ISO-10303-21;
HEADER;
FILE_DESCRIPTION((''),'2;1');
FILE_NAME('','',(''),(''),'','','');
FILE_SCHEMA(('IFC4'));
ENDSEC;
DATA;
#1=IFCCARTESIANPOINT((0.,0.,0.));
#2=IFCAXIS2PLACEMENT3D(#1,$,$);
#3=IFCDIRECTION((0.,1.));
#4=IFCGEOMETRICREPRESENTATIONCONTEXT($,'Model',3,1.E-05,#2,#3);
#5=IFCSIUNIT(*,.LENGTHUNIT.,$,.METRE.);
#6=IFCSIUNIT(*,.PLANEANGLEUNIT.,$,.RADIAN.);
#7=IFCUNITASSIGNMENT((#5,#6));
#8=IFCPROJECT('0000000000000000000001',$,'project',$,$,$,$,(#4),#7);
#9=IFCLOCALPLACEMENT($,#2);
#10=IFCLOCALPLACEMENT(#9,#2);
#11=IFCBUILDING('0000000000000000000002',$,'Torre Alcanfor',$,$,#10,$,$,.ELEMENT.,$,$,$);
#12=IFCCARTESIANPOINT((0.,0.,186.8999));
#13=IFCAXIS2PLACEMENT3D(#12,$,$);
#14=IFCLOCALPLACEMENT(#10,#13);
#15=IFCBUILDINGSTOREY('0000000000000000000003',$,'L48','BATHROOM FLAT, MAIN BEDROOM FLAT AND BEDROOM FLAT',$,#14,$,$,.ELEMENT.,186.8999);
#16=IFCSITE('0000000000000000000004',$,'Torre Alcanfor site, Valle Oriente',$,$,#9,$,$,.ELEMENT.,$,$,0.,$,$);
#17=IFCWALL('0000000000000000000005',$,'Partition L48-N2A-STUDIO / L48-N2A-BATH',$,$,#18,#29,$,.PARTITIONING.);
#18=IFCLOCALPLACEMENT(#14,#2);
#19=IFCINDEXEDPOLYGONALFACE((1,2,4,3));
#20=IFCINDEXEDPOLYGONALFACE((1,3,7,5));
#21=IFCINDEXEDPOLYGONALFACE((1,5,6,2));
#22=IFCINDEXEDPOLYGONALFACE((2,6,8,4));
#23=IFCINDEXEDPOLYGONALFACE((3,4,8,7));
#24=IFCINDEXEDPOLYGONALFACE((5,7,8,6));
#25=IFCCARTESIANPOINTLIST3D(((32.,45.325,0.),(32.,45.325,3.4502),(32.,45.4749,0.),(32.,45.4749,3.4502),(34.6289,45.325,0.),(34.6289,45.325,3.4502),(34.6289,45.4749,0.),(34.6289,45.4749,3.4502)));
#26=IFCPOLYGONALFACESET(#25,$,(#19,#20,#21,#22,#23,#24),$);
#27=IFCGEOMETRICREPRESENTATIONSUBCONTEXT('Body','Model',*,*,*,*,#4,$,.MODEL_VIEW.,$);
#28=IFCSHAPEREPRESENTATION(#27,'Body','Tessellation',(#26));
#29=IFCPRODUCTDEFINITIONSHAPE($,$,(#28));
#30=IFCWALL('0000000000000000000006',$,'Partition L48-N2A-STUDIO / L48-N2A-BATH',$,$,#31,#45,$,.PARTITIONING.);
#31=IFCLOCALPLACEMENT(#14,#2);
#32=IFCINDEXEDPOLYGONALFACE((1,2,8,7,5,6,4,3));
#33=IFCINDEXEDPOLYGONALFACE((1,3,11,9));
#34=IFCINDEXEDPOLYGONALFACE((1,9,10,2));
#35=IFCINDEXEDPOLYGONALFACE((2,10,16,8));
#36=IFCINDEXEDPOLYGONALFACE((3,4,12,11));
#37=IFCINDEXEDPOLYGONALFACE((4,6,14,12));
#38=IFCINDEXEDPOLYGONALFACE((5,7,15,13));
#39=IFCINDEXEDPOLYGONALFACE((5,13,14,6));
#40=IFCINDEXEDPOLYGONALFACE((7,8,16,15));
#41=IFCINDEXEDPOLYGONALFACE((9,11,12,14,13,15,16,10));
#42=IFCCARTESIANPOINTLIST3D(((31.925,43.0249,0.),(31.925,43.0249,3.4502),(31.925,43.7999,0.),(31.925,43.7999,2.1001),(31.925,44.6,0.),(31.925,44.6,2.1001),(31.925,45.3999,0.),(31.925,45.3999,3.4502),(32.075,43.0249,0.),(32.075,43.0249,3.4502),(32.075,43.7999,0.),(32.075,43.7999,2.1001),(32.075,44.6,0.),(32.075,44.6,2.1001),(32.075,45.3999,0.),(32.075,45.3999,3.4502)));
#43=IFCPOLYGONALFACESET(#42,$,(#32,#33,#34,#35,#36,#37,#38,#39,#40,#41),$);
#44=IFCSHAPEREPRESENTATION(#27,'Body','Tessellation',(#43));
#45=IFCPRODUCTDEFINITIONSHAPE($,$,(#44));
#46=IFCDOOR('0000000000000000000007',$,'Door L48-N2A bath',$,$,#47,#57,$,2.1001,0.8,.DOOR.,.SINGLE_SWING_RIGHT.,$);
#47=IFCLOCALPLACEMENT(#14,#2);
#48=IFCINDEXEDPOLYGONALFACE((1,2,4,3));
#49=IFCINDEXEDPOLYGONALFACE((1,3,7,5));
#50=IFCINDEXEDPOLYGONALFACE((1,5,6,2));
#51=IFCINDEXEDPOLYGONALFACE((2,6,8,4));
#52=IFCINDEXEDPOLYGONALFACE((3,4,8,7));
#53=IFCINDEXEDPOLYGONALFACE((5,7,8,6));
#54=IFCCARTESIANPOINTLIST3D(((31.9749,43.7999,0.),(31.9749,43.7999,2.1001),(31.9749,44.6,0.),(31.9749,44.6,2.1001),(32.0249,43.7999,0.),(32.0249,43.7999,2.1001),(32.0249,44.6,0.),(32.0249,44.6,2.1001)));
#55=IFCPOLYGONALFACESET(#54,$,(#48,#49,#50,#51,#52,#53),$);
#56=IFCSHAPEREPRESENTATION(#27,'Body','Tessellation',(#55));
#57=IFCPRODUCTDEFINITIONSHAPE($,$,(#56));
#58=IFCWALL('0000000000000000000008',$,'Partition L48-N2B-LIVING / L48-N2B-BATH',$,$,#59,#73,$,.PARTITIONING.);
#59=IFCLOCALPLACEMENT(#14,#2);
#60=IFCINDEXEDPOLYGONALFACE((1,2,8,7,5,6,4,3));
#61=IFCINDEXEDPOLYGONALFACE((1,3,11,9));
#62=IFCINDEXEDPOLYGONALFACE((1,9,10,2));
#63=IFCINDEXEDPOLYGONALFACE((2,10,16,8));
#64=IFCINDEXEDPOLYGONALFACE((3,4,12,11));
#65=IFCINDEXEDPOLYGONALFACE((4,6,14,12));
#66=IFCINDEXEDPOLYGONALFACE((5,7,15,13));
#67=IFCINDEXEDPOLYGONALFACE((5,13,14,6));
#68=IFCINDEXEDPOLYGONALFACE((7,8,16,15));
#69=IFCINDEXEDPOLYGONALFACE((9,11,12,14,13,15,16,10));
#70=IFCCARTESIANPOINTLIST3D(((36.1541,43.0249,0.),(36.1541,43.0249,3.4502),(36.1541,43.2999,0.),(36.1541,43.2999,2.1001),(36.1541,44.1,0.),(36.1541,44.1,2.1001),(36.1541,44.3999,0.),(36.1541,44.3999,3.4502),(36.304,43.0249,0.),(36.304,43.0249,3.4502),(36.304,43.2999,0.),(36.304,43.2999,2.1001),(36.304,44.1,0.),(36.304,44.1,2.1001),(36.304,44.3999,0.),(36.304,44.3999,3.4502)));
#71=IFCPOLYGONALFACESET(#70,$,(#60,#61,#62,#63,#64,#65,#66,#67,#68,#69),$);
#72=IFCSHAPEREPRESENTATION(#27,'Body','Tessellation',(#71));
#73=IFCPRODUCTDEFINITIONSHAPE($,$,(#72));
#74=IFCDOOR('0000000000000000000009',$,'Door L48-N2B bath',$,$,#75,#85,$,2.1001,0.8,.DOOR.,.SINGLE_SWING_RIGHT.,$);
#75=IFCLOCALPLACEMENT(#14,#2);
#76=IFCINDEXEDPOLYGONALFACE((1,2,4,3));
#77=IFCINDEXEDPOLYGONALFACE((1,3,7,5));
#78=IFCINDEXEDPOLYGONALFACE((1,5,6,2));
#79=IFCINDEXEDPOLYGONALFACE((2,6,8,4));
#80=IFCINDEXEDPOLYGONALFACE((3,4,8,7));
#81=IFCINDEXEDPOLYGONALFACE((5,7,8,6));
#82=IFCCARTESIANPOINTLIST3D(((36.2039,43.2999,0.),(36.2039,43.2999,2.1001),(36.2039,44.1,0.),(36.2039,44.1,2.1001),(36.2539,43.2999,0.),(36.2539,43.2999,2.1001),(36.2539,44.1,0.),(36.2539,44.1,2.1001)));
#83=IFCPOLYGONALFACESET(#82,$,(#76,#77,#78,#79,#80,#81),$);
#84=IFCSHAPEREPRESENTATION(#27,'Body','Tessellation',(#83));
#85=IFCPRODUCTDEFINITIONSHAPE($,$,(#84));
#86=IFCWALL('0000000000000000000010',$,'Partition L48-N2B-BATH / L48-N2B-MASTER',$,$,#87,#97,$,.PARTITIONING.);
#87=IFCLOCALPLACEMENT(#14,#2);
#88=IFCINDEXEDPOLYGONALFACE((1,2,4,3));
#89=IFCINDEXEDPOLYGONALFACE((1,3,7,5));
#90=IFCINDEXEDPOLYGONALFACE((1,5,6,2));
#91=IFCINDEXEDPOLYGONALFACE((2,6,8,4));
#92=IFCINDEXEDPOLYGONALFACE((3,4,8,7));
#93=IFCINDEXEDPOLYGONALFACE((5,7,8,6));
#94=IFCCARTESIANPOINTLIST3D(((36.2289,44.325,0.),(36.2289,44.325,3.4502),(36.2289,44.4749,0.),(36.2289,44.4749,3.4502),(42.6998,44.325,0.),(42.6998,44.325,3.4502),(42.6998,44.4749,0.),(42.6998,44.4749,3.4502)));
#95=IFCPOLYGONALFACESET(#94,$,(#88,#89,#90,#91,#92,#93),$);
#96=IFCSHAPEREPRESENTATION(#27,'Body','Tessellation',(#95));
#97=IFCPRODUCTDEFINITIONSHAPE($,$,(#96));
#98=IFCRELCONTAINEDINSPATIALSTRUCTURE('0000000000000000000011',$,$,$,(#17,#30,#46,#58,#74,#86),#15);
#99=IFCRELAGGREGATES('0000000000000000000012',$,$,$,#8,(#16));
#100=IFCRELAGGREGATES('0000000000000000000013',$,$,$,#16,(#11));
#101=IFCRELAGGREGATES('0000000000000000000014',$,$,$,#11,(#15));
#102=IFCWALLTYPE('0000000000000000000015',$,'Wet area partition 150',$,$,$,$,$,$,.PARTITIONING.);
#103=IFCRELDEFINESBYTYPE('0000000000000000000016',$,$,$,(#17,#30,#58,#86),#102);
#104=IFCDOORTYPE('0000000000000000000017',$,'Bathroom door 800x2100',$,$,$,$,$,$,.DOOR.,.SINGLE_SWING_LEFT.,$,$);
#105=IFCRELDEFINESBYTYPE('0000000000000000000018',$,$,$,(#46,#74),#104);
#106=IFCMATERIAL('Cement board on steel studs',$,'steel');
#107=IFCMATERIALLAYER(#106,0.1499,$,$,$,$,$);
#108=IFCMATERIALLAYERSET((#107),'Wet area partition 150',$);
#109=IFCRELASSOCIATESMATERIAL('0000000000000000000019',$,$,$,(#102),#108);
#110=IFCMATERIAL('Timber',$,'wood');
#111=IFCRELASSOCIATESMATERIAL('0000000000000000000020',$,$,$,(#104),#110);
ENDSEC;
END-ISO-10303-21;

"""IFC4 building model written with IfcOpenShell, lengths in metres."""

from ifc_helpers import new_model, si_unit, direction, frame, frame_2d, origin, place, context, subcontext, project, spatial, rectangle, extrude, material, layer, layer_set, type_object, element, fill, save


model = new_model("IFC4")

# Units and contexts
model_context = context("Model", 3, precision=1e-05, world=origin(), true_north=direction((0.0, 1.0)))
body_context = subcontext(model_context, "Body", "Model", "MODEL_VIEW")
ifc_project = project(units=[si_unit("LENGTHUNIT", "METRE"), si_unit("PLANEANGLEUNIT", "RADIAN")], contexts=[model_context])

# Site, building, storey
site_placement = place(None, origin())
site = spatial("IfcSite", under=ifc_project, at=site_placement, Name="Torre Alcanfor site, Valle Oriente", CompositionType="ELEMENT", RefElevation=0.0)
building_placement = place(site_placement, origin())
building = spatial("IfcBuilding", under=site, at=building_placement, Name="Torre Alcanfor", CompositionType="ELEMENT")
storey_placement = place(building_placement, frame((0.0, 0.0, 186.8999)))
storey = spatial("IfcBuildingStorey", under=building, at=storey_placement, Name="L48", Description="BATHROOM FLAT, MAIN BEDROOM FLAT AND BEDROOM FLAT", CompositionType="ELEMENT", Elevation=186.8999)

# Wall
ifc_material_1 = material(Name="Cement board on steel studs", Category="steel")
ifc_layer_1 = layer(ifc_material_1, 0.1499)
ifc_layer_set_1 = layer_set([ifc_layer_1], Name="Wet area partition 150")
wall_type_1 = type_object("IfcWallType", Name="Wet area partition 150", PredefinedType="PARTITIONING", material=ifc_layer_set_1)
wall_1_placement = place(storey_placement, frame((34.6289, 45.3999, 0.0), z_axis=(0.0, 0.0, 1.0), x_axis=(-1.0, 0.0, 0.0)))
element("IfcWall", 1, at=wall_1_placement, inside=storey, type_object=wall_type_1, Name="Partition L48-N2A-STUDIO / L48-N2A-BATH", PredefinedType="PARTITIONING", context=body_context, shape_type="SweptSolid", body=[
    extrude(rectangle(XDim=2.6289, YDim=0.1499, at=frame_2d((1.3145, 0.0))), origin(), (0.0, 0.0, 1.0), 3.4502),
])

# Walls, openings, doors
wall_2_placement = place(storey_placement, frame((32.0, 45.3999, 0.0), z_axis=(0.0, 0.0, 1.0), x_axis=(0.0, -1.0, 0.0)))
wall_2 = element("IfcWall", 2, at=wall_2_placement, inside=storey, type_object=wall_type_1, Name="Partition L48-N2A-STUDIO / L48-N2A-BATH", PredefinedType="PARTITIONING", context=body_context, shape_type="SweptSolid", body=[
    extrude(rectangle(XDim=2.375, YDim=0.1499, at=frame_2d((1.1875, 0.0))), origin(), (0.0, 0.0, 1.0), 3.4502),
])
opening_1_placement = place(wall_2_placement, frame((0.8, 0.0, 0.0)))
opening_1 = element("IfcOpeningElement", 3, at=opening_1_placement, cuts=wall_2, PredefinedType="OPENING", context=body_context, shape_type="SweptSolid", body=[
    extrude(rectangle(XDim=0.8, YDim=2.1001, at=frame_2d((0.3999, 1.05))), frame((0.0, 0.085, 0.0), z_axis=(0.0, -1.0, 0.0), x_axis=(1.0, 0.0, 0.0)), (0.0, 0.0, 1.0), 0.1699),
])
ifc_material_2 = material(Name="Timber", Category="wood")
door_type_1 = type_object("IfcDoorType", Name="Bathroom door 800x2100", OperationType="SINGLE_SWING_LEFT", PredefinedType="DOOR", material=ifc_material_2)
door_1_placement = place(opening_1_placement, origin())
door_1 = element("IfcDoor", 4, at=door_1_placement, inside=storey, type_object=door_type_1, Name="Door L48-N2A bath", OperationType="SINGLE_SWING_RIGHT", OverallHeight=2.1001, OverallWidth=0.8, PredefinedType="DOOR", context=body_context, shape_type="SweptSolid", body=[
    extrude(rectangle(XDim=0.8, YDim=2.1001, at=frame_2d((0.3999, 1.05))), frame((0.0, 0.0249, 0.0), z_axis=(0.0, -1.0, 0.0), x_axis=(1.0, 0.0, 0.0)), (0.0, 0.0, 1.0), 0.05),
])
fill(opening_1, door_1)
wall_3_placement = place(storey_placement, frame((36.229, 44.3999, 0.0), z_axis=(0.0, 0.0, 1.0), x_axis=(0.0, -1.0, 0.0)))
wall_3 = element("IfcWall", 5, at=wall_3_placement, inside=storey, type_object=wall_type_1, Name="Partition L48-N2B-LIVING / L48-N2B-BATH", PredefinedType="PARTITIONING", context=body_context, shape_type="SweptSolid", body=[
    extrude(rectangle(XDim=1.375, YDim=0.1499, at=frame_2d((0.6875, 0.0))), origin(), (0.0, 0.0, 1.0), 3.4502),
])
opening_2_placement = place(wall_3_placement, frame((0.3, 0.0, 0.0)))
opening_2 = element("IfcOpeningElement", 6, at=opening_2_placement, cuts=wall_3, PredefinedType="OPENING", context=body_context, shape_type="SweptSolid", body=[
    extrude(rectangle(XDim=0.8, YDim=2.1001, at=frame_2d((0.3999, 1.05))), frame((0.0, 0.085, 0.0), z_axis=(0.0, -1.0, 0.0), x_axis=(1.0, 0.0, 0.0)), (0.0, 0.0, 1.0), 0.1699),
])
door_2_placement = place(opening_2_placement, origin())
door_2 = element("IfcDoor", 7, at=door_2_placement, inside=storey, type_object=door_type_1, Name="Door L48-N2B bath", OperationType="SINGLE_SWING_RIGHT", OverallHeight=2.1001, OverallWidth=0.8, PredefinedType="DOOR", context=body_context, shape_type="SweptSolid", body=[
    extrude(rectangle(XDim=0.8, YDim=2.1001, at=frame_2d((0.3999, 1.05))), frame((0.0, 0.0249, 0.0), z_axis=(0.0, -1.0, 0.0), x_axis=(1.0, 0.0, 0.0)), (0.0, 0.0, 1.0), 0.05),
])
fill(opening_2, door_2)

# Wall
wall_4_placement = place(storey_placement, frame((36.229, 44.3999, 0.0), z_axis=(0.0, 0.0, 1.0), x_axis=(1.0, 0.0, 0.0)))
element("IfcWall", 8, at=wall_4_placement, inside=storey, type_object=wall_type_1, Name="Partition L48-N2B-BATH / L48-N2B-MASTER", PredefinedType="PARTITIONING", context=body_context, shape_type="SweptSolid", body=[
    extrude(rectangle(XDim=6.4709, YDim=0.1499, at=frame_2d((3.2354, 0.0))), origin(), (0.0, 0.0, 1.0), 3.4502),
])

save(model, "model.ifc")
